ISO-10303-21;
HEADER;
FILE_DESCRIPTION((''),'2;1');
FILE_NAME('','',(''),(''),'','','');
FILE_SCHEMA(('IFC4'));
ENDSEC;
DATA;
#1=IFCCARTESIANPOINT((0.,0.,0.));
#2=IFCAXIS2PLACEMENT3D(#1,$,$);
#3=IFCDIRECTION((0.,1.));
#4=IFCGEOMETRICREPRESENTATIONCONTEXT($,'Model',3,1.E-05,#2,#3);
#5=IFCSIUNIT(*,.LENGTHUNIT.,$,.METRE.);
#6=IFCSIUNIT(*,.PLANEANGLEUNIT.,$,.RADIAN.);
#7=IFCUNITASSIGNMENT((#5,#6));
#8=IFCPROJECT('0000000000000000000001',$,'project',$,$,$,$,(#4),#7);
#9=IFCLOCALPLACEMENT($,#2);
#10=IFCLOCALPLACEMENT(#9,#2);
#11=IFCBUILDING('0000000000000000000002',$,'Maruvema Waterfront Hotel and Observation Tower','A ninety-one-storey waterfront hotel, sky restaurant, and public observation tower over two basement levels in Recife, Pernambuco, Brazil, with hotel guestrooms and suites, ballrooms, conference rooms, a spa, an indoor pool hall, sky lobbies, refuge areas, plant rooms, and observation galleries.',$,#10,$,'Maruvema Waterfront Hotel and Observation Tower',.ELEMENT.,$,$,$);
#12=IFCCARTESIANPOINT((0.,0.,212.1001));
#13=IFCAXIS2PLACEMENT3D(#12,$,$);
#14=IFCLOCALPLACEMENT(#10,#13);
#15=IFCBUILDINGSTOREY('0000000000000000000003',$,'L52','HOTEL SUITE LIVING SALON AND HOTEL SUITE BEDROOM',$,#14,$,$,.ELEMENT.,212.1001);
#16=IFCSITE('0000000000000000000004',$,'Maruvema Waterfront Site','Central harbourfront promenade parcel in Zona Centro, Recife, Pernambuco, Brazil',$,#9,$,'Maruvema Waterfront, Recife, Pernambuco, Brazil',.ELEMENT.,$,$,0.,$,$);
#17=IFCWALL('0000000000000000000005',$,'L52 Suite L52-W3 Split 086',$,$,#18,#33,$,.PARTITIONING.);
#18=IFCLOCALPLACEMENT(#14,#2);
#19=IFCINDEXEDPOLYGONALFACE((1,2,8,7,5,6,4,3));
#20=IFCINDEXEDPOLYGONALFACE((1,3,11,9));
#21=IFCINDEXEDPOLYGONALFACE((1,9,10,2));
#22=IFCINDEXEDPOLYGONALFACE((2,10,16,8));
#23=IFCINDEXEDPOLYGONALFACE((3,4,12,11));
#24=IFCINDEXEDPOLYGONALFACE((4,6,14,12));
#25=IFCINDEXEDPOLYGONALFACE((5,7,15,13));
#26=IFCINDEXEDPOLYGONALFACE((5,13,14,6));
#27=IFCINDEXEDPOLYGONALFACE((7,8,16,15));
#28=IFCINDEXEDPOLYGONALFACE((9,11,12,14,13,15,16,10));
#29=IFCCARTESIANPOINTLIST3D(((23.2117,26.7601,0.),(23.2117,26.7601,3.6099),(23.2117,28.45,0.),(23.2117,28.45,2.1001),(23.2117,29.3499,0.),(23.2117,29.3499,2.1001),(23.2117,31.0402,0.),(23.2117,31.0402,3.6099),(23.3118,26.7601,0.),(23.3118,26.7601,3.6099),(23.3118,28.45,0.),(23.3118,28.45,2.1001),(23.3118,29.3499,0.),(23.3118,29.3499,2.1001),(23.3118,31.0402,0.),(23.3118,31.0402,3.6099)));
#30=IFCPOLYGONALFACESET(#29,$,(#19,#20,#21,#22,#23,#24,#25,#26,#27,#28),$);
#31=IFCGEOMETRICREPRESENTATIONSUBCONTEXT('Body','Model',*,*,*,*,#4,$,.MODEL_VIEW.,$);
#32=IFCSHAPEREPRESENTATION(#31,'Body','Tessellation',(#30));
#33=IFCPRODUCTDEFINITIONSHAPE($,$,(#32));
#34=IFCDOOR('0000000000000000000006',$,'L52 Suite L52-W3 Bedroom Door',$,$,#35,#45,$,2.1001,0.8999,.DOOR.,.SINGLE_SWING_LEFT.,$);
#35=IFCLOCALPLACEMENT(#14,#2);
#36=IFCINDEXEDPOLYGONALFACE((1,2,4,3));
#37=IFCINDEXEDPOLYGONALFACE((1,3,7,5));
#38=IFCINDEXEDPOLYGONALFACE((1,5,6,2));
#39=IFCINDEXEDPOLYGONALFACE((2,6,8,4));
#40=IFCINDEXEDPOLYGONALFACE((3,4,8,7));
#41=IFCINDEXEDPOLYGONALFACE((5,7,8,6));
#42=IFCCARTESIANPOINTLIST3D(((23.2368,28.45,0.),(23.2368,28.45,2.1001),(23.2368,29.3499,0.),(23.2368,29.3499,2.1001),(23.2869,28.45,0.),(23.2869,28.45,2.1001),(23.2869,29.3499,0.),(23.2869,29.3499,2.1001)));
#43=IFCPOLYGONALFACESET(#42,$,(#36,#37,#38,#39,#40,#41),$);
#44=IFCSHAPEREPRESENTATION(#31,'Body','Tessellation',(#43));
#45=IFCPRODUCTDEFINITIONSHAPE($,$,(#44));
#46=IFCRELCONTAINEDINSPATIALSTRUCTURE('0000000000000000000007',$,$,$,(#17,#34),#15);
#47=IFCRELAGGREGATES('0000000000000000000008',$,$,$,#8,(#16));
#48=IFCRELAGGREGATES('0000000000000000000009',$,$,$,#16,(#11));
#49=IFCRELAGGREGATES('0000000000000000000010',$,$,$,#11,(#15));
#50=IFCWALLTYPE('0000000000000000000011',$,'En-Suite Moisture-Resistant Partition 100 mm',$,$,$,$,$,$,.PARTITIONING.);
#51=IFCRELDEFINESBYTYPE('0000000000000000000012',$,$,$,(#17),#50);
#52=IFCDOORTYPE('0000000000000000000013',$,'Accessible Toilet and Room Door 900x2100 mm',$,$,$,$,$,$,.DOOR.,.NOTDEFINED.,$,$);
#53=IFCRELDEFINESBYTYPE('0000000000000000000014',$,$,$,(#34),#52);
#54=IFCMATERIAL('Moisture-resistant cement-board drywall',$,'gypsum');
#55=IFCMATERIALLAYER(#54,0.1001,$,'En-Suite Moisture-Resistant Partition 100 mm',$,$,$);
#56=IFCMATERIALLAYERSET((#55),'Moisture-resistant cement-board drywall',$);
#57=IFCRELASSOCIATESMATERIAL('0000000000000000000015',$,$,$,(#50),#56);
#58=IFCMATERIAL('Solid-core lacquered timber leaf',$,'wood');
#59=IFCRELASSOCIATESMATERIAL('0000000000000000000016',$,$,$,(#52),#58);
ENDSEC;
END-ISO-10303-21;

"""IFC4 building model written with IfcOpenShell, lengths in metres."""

from ifc_helpers import new_model, si_unit, direction, frame, frame_2d, origin, place, context, subcontext, project, spatial, rectangle, extrude, material, layer, layer_set, type_object, element, fill, save


model = new_model("IFC4")

# Units and contexts
model_context = context("Model", 3, precision=1e-05, world=origin(), true_north=direction((0.0, 1.0)))
body_context = subcontext(model_context, "Body", "Model", "MODEL_VIEW")
ifc_project = project(units=[si_unit("LENGTHUNIT", "METRE"), si_unit("PLANEANGLEUNIT", "RADIAN")], contexts=[model_context])

# Site, building, storey
site_placement = place(None, origin())
site = spatial("IfcSite", under=ifc_project, at=site_placement, Name="Maruvema Waterfront Site", Description="Central harbourfront promenade parcel in Zona Centro, Recife, Pernambuco, Brazil", LongName="Maruvema Waterfront, Recife, Pernambuco, Brazil", CompositionType="ELEMENT", RefElevation=0.0)
building_placement = place(site_placement, origin())
building = spatial("IfcBuilding", under=site, at=building_placement, Name="Maruvema Waterfront Hotel and Observation Tower", Description="A ninety-one-storey waterfront hotel, sky restaurant, and public observation tower over two basement levels in Recife, Pernambuco, Brazil, with hotel guestrooms and suites, ballrooms, conference rooms, a spa, an indoor pool hall, sky lobbies, refuge areas, plant rooms, and observation galleries.", LongName="Maruvema Waterfront Hotel and Observation Tower", CompositionType="ELEMENT")
storey_placement = place(building_placement, frame((0.0, 0.0, 212.1001)))
storey = spatial("IfcBuildingStorey", under=building, at=storey_placement, Name="L52", Description="HOTEL SUITE LIVING SALON AND HOTEL SUITE BEDROOM", CompositionType="ELEMENT", Elevation=212.1001)

# Wall, opening, door
ifc_material_1 = material(Name="Moisture-resistant cement-board drywall", Category="gypsum")
ifc_layer_1 = layer(ifc_material_1, 0.1001, Name="En-Suite Moisture-Resistant Partition 100 mm")
ifc_layer_set_1 = layer_set([ifc_layer_1], Name="Moisture-resistant cement-board drywall")
wall_type_1 = type_object("IfcWallType", Name="En-Suite Moisture-Resistant Partition 100 mm", PredefinedType="PARTITIONING", material=ifc_layer_set_1)
ifc_material_2 = material(Name="Solid-core lacquered timber leaf", Category="wood")
door_type_1 = type_object("IfcDoorType", Name="Accessible Toilet and Room Door 900x2100 mm", OperationType="NOTDEFINED", PredefinedType="DOOR", material=ifc_material_2)
wall_1_placement = place(storey_placement, frame((23.2617, 26.76, 0.0), z_axis=(0.0, 0.0, 1.0), x_axis=(0.0, 1.0, 0.0)))
wall_1 = element("IfcWall", 1, at=wall_1_placement, inside=storey, type_object=wall_type_1, Name="L52 Suite L52-W3 Split 086", PredefinedType="PARTITIONING", context=body_context, shape_type="SweptSolid", body=[
    extrude(rectangle(XDim=4.28, YDim=0.1001, at=frame_2d((2.1401, 0.0))), origin(), (0.0, 0.0, 1.0), 3.6099),
])
opening_1_placement = place(wall_1_placement, frame((1.6899, 0.0, 0.0)))
opening_1 = element("IfcOpeningElement", 2, at=opening_1_placement, cuts=wall_1, PredefinedType="OPENING", context=body_context, shape_type="SweptSolid", body=[
    extrude(rectangle(XDim=0.8999, YDim=2.1001, at=frame_2d((0.45, 1.05))), frame((0.0, 0.0601, 0.0), z_axis=(0.0, -1.0, 0.0), x_axis=(1.0, 0.0, 0.0)), (0.0, 0.0, 1.0), 0.1201),
])
door_1_placement = place(opening_1_placement, origin())
door_1 = element("IfcDoor", 3, at=door_1_placement, inside=storey, type_object=door_type_1, Name="L52 Suite L52-W3 Bedroom Door", OperationType="SINGLE_SWING_LEFT", OverallHeight=2.1001, OverallWidth=0.8999, PredefinedType="DOOR", context=body_context, shape_type="SweptSolid", body=[
    extrude(rectangle(XDim=0.8999, YDim=2.1001, at=frame_2d((0.45, 1.05))), frame((0.0, 0.0249, 0.0), z_axis=(0.0, -1.0, 0.0), x_axis=(1.0, 0.0, 0.0)), (0.0, 0.0, 1.0), 0.05),
])
fill(opening_1, door_1)

save(model, "model.ifc")
